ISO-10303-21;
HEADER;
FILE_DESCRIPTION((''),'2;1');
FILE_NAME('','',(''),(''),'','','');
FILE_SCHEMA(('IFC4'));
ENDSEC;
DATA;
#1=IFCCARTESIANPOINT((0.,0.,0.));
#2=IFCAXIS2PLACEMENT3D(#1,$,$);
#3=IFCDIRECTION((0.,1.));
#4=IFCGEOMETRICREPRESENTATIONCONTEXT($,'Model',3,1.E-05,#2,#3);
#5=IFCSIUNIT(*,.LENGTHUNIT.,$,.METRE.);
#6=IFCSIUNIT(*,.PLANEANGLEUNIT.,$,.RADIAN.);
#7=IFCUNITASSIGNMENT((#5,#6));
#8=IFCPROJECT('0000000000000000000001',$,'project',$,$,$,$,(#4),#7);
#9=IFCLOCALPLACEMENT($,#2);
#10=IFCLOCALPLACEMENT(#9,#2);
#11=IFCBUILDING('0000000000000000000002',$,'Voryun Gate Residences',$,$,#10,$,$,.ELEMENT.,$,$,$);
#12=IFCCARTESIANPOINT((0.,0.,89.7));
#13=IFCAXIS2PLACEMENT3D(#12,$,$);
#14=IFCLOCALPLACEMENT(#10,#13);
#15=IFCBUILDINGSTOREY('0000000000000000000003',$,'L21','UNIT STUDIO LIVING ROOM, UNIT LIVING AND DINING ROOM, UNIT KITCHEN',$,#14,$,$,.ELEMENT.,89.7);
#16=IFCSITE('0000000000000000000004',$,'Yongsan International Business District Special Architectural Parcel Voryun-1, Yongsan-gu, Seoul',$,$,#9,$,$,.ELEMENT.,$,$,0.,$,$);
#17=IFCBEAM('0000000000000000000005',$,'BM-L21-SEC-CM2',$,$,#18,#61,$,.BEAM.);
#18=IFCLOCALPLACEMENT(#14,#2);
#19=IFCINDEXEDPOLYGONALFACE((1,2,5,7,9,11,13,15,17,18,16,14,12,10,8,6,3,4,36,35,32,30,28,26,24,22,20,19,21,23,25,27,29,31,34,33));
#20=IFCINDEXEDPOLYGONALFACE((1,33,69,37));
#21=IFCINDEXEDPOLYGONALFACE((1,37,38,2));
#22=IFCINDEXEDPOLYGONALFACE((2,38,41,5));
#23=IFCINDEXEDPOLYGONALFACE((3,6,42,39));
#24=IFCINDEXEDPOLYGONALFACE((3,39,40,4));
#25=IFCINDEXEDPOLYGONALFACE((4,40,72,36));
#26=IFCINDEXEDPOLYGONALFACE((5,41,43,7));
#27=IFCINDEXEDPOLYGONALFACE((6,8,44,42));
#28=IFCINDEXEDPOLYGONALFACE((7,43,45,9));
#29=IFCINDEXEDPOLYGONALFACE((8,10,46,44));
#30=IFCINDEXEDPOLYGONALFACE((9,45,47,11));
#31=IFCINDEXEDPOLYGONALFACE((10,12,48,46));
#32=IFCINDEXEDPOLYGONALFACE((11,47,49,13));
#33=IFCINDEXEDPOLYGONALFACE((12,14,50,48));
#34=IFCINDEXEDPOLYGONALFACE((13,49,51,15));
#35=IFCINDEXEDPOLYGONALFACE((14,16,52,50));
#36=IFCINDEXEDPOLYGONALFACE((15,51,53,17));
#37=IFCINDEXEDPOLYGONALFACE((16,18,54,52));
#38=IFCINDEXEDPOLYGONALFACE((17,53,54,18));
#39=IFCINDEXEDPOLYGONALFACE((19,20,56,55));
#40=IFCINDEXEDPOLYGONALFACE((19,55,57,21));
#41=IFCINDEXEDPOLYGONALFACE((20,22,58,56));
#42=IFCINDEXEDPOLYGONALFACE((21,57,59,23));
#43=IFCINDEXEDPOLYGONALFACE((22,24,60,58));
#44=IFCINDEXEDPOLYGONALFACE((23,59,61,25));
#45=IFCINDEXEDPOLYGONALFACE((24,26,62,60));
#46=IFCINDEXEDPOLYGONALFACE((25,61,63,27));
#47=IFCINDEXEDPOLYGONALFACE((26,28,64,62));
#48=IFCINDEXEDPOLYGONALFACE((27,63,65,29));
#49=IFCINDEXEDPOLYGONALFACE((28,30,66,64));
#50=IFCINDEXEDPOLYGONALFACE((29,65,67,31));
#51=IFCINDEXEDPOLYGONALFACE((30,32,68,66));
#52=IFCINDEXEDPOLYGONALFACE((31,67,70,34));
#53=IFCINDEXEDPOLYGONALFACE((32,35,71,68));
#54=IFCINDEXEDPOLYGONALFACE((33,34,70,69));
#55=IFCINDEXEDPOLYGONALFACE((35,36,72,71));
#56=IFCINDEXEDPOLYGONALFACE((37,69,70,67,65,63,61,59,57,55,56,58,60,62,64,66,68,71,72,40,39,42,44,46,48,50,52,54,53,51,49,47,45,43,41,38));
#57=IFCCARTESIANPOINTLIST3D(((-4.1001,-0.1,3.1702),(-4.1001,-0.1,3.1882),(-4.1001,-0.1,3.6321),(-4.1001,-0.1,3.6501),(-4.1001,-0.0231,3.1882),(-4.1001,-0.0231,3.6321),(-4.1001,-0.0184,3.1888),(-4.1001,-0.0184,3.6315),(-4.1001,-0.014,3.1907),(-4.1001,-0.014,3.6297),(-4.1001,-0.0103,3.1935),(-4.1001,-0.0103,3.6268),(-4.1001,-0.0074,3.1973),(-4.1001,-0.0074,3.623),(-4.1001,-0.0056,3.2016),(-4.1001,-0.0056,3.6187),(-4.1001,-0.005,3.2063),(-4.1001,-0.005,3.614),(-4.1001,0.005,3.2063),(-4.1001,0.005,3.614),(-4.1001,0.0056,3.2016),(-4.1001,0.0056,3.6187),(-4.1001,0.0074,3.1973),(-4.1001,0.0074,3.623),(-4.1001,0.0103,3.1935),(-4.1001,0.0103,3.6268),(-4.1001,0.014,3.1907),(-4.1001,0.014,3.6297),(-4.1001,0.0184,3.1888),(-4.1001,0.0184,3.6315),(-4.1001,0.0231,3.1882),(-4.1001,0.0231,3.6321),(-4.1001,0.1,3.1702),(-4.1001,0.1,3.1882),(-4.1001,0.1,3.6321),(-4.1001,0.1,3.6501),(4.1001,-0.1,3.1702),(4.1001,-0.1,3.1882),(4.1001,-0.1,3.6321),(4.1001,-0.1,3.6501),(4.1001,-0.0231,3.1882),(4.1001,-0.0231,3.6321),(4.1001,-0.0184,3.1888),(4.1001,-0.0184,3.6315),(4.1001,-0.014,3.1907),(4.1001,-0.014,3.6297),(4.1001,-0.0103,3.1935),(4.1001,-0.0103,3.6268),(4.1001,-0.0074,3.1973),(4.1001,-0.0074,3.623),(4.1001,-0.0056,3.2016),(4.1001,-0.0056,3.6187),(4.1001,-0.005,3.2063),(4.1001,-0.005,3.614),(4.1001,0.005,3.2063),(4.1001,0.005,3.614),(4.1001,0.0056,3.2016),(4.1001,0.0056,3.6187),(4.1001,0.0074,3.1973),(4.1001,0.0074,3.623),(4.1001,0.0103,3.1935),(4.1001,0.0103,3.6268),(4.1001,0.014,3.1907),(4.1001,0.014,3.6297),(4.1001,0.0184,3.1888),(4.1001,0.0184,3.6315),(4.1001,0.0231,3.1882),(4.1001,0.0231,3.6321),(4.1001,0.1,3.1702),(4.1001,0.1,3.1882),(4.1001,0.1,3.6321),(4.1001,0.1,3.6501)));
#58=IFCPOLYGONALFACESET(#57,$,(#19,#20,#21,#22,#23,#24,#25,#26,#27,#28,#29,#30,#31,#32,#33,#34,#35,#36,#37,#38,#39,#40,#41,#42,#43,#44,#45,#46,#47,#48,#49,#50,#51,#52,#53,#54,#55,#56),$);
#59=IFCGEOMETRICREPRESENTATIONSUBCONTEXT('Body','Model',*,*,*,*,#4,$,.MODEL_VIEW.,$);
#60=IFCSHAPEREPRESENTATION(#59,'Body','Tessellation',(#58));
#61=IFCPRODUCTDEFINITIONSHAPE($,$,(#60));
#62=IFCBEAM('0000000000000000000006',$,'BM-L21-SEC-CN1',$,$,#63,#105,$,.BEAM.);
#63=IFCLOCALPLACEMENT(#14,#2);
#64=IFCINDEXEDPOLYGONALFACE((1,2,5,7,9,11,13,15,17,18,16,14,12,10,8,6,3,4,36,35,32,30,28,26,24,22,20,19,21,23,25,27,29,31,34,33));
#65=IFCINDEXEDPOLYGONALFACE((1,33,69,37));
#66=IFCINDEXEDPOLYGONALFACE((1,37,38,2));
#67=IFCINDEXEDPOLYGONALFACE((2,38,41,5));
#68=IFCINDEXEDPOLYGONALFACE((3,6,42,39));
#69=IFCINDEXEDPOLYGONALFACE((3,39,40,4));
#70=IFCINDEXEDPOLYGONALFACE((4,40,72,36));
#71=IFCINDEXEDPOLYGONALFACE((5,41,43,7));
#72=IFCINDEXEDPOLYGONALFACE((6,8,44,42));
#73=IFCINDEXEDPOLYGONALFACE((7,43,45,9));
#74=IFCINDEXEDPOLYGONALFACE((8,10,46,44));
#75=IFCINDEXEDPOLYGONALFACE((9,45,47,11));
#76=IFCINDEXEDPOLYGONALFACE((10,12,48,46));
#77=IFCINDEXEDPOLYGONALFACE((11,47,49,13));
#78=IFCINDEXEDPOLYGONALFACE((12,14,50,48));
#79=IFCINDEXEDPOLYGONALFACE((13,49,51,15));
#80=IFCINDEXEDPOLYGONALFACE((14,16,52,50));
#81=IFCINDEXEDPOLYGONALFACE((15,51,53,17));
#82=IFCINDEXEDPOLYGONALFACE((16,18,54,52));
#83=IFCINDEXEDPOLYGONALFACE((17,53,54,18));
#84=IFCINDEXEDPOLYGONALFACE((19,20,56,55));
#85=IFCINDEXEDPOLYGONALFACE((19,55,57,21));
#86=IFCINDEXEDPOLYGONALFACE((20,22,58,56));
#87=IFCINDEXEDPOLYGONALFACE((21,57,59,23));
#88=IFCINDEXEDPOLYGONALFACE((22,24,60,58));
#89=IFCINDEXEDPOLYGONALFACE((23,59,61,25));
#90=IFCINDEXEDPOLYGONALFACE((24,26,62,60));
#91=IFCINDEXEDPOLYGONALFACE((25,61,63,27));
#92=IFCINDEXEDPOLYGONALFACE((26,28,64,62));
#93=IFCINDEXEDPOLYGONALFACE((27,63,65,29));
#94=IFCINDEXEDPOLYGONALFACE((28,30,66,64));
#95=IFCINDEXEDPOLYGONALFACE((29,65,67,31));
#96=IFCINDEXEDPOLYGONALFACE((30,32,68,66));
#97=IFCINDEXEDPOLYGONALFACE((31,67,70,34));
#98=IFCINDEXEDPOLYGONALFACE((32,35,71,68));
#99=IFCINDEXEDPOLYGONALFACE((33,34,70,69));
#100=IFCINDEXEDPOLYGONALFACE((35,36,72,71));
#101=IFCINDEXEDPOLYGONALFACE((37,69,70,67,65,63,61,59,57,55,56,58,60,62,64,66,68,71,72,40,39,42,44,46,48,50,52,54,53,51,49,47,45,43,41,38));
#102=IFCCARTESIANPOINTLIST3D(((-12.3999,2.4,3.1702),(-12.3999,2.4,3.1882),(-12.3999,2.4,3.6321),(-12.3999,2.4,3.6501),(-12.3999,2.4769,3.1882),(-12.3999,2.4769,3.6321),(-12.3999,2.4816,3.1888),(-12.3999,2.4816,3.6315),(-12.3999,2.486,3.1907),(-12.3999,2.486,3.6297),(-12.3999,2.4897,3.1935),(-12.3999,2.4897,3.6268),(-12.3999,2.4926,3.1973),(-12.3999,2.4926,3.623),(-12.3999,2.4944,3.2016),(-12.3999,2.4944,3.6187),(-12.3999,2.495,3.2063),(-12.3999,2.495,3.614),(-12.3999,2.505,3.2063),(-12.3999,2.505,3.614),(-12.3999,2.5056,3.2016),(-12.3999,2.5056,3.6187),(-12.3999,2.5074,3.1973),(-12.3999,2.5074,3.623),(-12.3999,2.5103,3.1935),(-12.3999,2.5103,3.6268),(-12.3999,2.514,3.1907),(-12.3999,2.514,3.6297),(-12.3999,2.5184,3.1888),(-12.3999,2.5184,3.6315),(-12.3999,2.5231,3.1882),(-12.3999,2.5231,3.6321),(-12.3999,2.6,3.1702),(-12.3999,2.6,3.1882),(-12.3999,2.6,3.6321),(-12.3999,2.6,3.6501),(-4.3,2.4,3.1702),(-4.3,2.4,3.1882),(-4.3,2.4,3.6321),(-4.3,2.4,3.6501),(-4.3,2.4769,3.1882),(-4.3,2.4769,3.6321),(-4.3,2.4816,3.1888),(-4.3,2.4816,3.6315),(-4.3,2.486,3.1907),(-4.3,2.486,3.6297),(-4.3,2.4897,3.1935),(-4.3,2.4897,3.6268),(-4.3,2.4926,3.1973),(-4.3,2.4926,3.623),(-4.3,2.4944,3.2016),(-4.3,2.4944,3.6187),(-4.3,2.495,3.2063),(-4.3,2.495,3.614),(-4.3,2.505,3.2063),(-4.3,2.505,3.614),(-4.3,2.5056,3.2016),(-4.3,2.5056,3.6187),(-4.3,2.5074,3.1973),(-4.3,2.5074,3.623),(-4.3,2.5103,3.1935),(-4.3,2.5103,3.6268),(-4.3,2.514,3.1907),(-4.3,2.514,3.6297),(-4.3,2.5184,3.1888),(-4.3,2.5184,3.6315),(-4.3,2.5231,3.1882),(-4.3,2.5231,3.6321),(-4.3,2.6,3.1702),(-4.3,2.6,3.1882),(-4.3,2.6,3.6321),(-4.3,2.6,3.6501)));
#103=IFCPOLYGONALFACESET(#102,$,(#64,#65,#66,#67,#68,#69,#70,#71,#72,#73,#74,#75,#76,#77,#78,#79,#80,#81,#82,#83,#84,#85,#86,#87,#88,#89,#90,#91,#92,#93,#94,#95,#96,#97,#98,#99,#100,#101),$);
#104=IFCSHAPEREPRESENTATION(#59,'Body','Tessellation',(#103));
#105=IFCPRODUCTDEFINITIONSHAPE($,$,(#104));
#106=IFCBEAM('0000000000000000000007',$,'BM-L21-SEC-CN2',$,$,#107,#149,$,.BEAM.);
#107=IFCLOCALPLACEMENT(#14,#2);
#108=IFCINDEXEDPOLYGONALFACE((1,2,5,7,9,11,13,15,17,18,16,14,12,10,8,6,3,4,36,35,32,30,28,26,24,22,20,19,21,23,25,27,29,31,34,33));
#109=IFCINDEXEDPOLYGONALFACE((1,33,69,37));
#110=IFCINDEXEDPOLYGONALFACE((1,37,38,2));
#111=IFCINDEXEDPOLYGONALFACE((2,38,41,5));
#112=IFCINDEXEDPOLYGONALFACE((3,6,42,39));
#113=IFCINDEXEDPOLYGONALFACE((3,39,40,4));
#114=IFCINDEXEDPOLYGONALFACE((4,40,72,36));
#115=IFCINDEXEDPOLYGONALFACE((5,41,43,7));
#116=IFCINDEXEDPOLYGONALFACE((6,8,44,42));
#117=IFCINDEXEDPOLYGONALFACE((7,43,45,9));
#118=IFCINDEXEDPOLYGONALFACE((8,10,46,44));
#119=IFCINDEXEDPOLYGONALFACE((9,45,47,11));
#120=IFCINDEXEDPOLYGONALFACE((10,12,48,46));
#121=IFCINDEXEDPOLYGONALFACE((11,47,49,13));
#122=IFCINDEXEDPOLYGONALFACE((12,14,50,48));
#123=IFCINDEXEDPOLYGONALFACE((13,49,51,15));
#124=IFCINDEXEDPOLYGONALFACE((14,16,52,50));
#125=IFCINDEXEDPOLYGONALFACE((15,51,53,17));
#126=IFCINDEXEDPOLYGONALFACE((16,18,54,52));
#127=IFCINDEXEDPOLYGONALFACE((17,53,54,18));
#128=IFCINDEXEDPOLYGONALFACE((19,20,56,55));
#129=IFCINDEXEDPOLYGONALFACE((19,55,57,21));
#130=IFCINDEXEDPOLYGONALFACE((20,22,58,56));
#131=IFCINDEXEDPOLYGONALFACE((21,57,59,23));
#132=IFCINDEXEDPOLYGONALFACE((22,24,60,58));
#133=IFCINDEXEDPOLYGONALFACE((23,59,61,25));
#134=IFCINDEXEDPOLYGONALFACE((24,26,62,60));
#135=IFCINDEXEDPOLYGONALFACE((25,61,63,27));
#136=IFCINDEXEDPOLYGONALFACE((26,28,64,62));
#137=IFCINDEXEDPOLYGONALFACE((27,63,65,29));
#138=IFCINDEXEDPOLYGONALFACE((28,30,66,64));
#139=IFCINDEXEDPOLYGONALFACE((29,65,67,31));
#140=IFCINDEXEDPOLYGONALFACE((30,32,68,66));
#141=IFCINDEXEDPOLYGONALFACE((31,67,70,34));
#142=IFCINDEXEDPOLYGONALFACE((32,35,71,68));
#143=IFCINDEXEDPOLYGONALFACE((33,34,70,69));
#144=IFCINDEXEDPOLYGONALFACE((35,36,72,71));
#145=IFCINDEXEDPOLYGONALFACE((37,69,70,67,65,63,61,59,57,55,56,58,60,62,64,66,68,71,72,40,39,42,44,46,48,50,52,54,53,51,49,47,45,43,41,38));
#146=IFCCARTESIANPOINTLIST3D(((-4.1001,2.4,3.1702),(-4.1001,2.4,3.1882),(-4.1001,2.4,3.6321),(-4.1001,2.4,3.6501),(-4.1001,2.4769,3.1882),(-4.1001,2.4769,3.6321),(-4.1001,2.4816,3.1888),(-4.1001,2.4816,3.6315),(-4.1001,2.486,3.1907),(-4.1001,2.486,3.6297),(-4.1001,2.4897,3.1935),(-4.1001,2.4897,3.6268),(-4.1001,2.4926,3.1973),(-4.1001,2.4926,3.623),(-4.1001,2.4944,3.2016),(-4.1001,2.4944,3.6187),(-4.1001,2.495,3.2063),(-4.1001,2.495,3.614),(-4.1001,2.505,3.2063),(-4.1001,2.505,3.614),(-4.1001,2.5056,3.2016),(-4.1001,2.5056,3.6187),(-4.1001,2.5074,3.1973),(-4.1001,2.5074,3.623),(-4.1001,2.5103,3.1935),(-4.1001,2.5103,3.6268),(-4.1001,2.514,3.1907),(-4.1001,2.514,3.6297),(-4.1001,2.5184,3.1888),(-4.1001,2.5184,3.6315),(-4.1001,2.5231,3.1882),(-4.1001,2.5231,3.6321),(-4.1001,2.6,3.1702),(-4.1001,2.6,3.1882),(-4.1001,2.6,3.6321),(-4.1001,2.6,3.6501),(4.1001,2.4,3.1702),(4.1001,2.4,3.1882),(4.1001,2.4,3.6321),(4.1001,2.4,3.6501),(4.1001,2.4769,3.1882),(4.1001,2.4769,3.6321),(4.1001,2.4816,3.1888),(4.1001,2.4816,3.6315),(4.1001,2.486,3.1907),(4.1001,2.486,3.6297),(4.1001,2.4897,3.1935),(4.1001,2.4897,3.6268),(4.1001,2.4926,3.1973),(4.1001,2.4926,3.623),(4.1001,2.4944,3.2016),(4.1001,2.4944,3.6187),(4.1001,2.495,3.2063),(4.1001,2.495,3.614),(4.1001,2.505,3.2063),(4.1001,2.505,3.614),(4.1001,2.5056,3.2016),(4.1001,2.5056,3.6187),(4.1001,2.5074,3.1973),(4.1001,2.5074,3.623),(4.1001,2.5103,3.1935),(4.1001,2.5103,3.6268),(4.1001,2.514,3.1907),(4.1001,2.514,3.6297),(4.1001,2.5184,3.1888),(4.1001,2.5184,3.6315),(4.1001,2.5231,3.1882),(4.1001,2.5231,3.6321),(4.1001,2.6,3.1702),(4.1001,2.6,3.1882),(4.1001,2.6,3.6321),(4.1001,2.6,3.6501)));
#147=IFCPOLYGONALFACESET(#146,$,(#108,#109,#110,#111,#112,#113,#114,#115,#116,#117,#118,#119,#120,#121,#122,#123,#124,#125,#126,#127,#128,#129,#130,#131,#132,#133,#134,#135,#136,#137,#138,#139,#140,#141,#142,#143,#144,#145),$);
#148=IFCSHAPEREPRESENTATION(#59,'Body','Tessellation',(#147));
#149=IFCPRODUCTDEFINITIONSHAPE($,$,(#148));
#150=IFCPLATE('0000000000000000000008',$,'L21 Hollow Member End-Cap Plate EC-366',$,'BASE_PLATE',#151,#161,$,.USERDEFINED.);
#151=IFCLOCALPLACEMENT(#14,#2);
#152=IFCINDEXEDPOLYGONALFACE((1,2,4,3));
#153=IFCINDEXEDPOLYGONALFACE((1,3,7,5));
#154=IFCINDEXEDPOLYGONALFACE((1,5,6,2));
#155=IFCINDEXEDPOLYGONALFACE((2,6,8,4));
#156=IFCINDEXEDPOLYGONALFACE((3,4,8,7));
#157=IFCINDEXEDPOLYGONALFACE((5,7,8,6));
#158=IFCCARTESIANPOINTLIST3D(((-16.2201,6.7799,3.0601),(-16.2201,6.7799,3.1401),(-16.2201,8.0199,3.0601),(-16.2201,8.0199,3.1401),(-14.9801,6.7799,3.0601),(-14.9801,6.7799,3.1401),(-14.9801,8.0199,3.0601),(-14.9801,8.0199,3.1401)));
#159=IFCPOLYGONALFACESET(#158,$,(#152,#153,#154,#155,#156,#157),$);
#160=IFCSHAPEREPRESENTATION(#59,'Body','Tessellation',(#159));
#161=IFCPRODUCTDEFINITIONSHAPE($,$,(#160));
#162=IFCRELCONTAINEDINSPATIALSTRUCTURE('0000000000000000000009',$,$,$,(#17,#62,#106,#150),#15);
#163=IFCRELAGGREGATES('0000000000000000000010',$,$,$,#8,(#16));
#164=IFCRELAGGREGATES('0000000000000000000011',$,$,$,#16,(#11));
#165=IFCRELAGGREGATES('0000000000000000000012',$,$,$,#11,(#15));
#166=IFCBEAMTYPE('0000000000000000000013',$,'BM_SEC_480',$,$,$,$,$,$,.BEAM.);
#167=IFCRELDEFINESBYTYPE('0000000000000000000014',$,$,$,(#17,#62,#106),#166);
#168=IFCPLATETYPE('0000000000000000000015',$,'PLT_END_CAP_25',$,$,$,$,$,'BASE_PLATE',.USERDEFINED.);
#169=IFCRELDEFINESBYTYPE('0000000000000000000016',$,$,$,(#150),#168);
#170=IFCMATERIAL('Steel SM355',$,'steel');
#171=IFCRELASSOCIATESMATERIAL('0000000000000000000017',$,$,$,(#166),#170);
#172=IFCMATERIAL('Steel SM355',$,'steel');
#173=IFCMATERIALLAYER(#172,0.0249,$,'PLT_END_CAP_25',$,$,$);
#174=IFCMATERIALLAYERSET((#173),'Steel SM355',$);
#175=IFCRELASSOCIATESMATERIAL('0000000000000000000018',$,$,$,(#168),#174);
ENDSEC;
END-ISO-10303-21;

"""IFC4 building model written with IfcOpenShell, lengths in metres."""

from ifc_helpers import new_model, si_unit, direction, frame, origin, origin_2d, place, context, subcontext, project, spatial, rectangle, i_section, extrude, material, layer, layer_set, material_profile, profile_set, type_object, element, save


model = new_model("IFC4")

# Units and contexts
model_context = context("Model", 3, precision=1e-05, world=origin(), true_north=direction((0.0, 1.0)))
body_context = subcontext(model_context, "Body", "Model", "MODEL_VIEW")
ifc_project = project(units=[si_unit("LENGTHUNIT", "METRE"), si_unit("PLANEANGLEUNIT", "RADIAN")], contexts=[model_context])

# Site, building, storey
site_placement = place(None, origin())
site = spatial("IfcSite", under=ifc_project, at=site_placement, Name="Yongsan International Business District Special Architectural Parcel Voryun-1, Yongsan-gu, Seoul", CompositionType="ELEMENT", RefElevation=0.0)
building_placement = place(site_placement, origin())
building = spatial("IfcBuilding", under=site, at=building_placement, Name="Voryun Gate Residences", CompositionType="ELEMENT")
storey_placement = place(building_placement, frame((0.0, 0.0, 89.7)))
storey = spatial("IfcBuildingStorey", under=building, at=storey_placement, Name="L21", Description="UNIT STUDIO LIVING ROOM, UNIT LIVING AND DINING ROOM, UNIT KITCHEN", CompositionType="ELEMENT", Elevation=89.7)

# Beams
ifc_material_1 = material(Name="Steel SM355", Category="steel")
ifc_material_profile_1 = material_profile(ifc_material_1, i_section(OverallWidth=0.2, OverallDepth=0.48, WebThickness=0.01, FlangeThickness=0.0181, FilletRadius=0.0181, at=origin_2d()), Name="H-480x200x10x18")
ifc_profile_set_1 = profile_set([ifc_material_profile_1], Name="Steel SM355")
beam_type_1 = type_object("IfcBeamType", Name="BM_SEC_480", PredefinedType="BEAM", material=ifc_profile_set_1)
beam_1_placement = place(storey_placement, frame((-4.1001, 0.0, 3.4102), z_axis=(1.0, 0.0, 0.0), x_axis=(0.0, 1.0, 0.0)))
element("IfcBeam", 1, at=beam_1_placement, inside=storey, type_object=beam_type_1, Name="BM-L21-SEC-CM2", PredefinedType="BEAM", context=body_context, shape_type="SweptSolid", body=[
    extrude(i_section(OverallWidth=0.2, OverallDepth=0.48, WebThickness=0.01, FlangeThickness=0.0181, FilletRadius=0.0181, at=origin_2d()), origin(), (0.0, 0.0, 1.0), 8.2002),
])
beam_2_placement = place(storey_placement, frame((-12.3999, 2.5, 3.4102), z_axis=(1.0, 0.0, 0.0), x_axis=(0.0, 1.0, 0.0)))
element("IfcBeam", 2, at=beam_2_placement, inside=storey, type_object=beam_type_1, Name="BM-L21-SEC-CN1", PredefinedType="BEAM", context=body_context, shape_type="SweptSolid", body=[
    extrude(i_section(OverallWidth=0.2, OverallDepth=0.48, WebThickness=0.01, FlangeThickness=0.0181, FilletRadius=0.0181, at=origin_2d()), origin(), (0.0, 0.0, 1.0), 8.0999),
])
beam_3_placement = place(storey_placement, frame((-4.1001, 2.5, 3.4102), z_axis=(1.0, 0.0, 0.0), x_axis=(0.0, 1.0, 0.0)))
element("IfcBeam", 3, at=beam_3_placement, inside=storey, type_object=beam_type_1, Name="BM-L21-SEC-CN2", PredefinedType="BEAM", context=body_context, shape_type="SweptSolid", body=[
    extrude(i_section(OverallWidth=0.2, OverallDepth=0.48, WebThickness=0.01, FlangeThickness=0.0181, FilletRadius=0.0181, at=origin_2d()), origin(), (0.0, 0.0, 1.0), 8.2002),
])

# Plate
ifc_material_2 = material(Name="Steel SM355", Category="steel")
ifc_layer_1 = layer(ifc_material_2, 0.0249, Name="PLT_END_CAP_25")
ifc_layer_set_1 = layer_set([ifc_layer_1], Name="Steel SM355")
plate_type = type_object("IfcPlateType", Name="PLT_END_CAP_25", ElementType="BASE_PLATE", PredefinedType="USERDEFINED", material=ifc_layer_set_1)
plate_placement = place(storey_placement, frame((-15.6001, 7.3999, 3.0601), z_axis=(0.0, 0.0, 1.0), x_axis=(1.0, 0.0, 0.0)))
element("IfcPlate", 4, at=plate_placement, inside=storey, type_object=plate_type, Name="L21 Hollow Member End-Cap Plate EC-366", ObjectType="BASE_PLATE", PredefinedType="USERDEFINED", context=body_context, shape_type="SweptSolid", body=[
    extrude(rectangle(XDim=1.24, YDim=1.24, at=origin_2d()), origin(), (0.0, 0.0, 1.0), 0.0801),
])

save(model, "model.ifc")
